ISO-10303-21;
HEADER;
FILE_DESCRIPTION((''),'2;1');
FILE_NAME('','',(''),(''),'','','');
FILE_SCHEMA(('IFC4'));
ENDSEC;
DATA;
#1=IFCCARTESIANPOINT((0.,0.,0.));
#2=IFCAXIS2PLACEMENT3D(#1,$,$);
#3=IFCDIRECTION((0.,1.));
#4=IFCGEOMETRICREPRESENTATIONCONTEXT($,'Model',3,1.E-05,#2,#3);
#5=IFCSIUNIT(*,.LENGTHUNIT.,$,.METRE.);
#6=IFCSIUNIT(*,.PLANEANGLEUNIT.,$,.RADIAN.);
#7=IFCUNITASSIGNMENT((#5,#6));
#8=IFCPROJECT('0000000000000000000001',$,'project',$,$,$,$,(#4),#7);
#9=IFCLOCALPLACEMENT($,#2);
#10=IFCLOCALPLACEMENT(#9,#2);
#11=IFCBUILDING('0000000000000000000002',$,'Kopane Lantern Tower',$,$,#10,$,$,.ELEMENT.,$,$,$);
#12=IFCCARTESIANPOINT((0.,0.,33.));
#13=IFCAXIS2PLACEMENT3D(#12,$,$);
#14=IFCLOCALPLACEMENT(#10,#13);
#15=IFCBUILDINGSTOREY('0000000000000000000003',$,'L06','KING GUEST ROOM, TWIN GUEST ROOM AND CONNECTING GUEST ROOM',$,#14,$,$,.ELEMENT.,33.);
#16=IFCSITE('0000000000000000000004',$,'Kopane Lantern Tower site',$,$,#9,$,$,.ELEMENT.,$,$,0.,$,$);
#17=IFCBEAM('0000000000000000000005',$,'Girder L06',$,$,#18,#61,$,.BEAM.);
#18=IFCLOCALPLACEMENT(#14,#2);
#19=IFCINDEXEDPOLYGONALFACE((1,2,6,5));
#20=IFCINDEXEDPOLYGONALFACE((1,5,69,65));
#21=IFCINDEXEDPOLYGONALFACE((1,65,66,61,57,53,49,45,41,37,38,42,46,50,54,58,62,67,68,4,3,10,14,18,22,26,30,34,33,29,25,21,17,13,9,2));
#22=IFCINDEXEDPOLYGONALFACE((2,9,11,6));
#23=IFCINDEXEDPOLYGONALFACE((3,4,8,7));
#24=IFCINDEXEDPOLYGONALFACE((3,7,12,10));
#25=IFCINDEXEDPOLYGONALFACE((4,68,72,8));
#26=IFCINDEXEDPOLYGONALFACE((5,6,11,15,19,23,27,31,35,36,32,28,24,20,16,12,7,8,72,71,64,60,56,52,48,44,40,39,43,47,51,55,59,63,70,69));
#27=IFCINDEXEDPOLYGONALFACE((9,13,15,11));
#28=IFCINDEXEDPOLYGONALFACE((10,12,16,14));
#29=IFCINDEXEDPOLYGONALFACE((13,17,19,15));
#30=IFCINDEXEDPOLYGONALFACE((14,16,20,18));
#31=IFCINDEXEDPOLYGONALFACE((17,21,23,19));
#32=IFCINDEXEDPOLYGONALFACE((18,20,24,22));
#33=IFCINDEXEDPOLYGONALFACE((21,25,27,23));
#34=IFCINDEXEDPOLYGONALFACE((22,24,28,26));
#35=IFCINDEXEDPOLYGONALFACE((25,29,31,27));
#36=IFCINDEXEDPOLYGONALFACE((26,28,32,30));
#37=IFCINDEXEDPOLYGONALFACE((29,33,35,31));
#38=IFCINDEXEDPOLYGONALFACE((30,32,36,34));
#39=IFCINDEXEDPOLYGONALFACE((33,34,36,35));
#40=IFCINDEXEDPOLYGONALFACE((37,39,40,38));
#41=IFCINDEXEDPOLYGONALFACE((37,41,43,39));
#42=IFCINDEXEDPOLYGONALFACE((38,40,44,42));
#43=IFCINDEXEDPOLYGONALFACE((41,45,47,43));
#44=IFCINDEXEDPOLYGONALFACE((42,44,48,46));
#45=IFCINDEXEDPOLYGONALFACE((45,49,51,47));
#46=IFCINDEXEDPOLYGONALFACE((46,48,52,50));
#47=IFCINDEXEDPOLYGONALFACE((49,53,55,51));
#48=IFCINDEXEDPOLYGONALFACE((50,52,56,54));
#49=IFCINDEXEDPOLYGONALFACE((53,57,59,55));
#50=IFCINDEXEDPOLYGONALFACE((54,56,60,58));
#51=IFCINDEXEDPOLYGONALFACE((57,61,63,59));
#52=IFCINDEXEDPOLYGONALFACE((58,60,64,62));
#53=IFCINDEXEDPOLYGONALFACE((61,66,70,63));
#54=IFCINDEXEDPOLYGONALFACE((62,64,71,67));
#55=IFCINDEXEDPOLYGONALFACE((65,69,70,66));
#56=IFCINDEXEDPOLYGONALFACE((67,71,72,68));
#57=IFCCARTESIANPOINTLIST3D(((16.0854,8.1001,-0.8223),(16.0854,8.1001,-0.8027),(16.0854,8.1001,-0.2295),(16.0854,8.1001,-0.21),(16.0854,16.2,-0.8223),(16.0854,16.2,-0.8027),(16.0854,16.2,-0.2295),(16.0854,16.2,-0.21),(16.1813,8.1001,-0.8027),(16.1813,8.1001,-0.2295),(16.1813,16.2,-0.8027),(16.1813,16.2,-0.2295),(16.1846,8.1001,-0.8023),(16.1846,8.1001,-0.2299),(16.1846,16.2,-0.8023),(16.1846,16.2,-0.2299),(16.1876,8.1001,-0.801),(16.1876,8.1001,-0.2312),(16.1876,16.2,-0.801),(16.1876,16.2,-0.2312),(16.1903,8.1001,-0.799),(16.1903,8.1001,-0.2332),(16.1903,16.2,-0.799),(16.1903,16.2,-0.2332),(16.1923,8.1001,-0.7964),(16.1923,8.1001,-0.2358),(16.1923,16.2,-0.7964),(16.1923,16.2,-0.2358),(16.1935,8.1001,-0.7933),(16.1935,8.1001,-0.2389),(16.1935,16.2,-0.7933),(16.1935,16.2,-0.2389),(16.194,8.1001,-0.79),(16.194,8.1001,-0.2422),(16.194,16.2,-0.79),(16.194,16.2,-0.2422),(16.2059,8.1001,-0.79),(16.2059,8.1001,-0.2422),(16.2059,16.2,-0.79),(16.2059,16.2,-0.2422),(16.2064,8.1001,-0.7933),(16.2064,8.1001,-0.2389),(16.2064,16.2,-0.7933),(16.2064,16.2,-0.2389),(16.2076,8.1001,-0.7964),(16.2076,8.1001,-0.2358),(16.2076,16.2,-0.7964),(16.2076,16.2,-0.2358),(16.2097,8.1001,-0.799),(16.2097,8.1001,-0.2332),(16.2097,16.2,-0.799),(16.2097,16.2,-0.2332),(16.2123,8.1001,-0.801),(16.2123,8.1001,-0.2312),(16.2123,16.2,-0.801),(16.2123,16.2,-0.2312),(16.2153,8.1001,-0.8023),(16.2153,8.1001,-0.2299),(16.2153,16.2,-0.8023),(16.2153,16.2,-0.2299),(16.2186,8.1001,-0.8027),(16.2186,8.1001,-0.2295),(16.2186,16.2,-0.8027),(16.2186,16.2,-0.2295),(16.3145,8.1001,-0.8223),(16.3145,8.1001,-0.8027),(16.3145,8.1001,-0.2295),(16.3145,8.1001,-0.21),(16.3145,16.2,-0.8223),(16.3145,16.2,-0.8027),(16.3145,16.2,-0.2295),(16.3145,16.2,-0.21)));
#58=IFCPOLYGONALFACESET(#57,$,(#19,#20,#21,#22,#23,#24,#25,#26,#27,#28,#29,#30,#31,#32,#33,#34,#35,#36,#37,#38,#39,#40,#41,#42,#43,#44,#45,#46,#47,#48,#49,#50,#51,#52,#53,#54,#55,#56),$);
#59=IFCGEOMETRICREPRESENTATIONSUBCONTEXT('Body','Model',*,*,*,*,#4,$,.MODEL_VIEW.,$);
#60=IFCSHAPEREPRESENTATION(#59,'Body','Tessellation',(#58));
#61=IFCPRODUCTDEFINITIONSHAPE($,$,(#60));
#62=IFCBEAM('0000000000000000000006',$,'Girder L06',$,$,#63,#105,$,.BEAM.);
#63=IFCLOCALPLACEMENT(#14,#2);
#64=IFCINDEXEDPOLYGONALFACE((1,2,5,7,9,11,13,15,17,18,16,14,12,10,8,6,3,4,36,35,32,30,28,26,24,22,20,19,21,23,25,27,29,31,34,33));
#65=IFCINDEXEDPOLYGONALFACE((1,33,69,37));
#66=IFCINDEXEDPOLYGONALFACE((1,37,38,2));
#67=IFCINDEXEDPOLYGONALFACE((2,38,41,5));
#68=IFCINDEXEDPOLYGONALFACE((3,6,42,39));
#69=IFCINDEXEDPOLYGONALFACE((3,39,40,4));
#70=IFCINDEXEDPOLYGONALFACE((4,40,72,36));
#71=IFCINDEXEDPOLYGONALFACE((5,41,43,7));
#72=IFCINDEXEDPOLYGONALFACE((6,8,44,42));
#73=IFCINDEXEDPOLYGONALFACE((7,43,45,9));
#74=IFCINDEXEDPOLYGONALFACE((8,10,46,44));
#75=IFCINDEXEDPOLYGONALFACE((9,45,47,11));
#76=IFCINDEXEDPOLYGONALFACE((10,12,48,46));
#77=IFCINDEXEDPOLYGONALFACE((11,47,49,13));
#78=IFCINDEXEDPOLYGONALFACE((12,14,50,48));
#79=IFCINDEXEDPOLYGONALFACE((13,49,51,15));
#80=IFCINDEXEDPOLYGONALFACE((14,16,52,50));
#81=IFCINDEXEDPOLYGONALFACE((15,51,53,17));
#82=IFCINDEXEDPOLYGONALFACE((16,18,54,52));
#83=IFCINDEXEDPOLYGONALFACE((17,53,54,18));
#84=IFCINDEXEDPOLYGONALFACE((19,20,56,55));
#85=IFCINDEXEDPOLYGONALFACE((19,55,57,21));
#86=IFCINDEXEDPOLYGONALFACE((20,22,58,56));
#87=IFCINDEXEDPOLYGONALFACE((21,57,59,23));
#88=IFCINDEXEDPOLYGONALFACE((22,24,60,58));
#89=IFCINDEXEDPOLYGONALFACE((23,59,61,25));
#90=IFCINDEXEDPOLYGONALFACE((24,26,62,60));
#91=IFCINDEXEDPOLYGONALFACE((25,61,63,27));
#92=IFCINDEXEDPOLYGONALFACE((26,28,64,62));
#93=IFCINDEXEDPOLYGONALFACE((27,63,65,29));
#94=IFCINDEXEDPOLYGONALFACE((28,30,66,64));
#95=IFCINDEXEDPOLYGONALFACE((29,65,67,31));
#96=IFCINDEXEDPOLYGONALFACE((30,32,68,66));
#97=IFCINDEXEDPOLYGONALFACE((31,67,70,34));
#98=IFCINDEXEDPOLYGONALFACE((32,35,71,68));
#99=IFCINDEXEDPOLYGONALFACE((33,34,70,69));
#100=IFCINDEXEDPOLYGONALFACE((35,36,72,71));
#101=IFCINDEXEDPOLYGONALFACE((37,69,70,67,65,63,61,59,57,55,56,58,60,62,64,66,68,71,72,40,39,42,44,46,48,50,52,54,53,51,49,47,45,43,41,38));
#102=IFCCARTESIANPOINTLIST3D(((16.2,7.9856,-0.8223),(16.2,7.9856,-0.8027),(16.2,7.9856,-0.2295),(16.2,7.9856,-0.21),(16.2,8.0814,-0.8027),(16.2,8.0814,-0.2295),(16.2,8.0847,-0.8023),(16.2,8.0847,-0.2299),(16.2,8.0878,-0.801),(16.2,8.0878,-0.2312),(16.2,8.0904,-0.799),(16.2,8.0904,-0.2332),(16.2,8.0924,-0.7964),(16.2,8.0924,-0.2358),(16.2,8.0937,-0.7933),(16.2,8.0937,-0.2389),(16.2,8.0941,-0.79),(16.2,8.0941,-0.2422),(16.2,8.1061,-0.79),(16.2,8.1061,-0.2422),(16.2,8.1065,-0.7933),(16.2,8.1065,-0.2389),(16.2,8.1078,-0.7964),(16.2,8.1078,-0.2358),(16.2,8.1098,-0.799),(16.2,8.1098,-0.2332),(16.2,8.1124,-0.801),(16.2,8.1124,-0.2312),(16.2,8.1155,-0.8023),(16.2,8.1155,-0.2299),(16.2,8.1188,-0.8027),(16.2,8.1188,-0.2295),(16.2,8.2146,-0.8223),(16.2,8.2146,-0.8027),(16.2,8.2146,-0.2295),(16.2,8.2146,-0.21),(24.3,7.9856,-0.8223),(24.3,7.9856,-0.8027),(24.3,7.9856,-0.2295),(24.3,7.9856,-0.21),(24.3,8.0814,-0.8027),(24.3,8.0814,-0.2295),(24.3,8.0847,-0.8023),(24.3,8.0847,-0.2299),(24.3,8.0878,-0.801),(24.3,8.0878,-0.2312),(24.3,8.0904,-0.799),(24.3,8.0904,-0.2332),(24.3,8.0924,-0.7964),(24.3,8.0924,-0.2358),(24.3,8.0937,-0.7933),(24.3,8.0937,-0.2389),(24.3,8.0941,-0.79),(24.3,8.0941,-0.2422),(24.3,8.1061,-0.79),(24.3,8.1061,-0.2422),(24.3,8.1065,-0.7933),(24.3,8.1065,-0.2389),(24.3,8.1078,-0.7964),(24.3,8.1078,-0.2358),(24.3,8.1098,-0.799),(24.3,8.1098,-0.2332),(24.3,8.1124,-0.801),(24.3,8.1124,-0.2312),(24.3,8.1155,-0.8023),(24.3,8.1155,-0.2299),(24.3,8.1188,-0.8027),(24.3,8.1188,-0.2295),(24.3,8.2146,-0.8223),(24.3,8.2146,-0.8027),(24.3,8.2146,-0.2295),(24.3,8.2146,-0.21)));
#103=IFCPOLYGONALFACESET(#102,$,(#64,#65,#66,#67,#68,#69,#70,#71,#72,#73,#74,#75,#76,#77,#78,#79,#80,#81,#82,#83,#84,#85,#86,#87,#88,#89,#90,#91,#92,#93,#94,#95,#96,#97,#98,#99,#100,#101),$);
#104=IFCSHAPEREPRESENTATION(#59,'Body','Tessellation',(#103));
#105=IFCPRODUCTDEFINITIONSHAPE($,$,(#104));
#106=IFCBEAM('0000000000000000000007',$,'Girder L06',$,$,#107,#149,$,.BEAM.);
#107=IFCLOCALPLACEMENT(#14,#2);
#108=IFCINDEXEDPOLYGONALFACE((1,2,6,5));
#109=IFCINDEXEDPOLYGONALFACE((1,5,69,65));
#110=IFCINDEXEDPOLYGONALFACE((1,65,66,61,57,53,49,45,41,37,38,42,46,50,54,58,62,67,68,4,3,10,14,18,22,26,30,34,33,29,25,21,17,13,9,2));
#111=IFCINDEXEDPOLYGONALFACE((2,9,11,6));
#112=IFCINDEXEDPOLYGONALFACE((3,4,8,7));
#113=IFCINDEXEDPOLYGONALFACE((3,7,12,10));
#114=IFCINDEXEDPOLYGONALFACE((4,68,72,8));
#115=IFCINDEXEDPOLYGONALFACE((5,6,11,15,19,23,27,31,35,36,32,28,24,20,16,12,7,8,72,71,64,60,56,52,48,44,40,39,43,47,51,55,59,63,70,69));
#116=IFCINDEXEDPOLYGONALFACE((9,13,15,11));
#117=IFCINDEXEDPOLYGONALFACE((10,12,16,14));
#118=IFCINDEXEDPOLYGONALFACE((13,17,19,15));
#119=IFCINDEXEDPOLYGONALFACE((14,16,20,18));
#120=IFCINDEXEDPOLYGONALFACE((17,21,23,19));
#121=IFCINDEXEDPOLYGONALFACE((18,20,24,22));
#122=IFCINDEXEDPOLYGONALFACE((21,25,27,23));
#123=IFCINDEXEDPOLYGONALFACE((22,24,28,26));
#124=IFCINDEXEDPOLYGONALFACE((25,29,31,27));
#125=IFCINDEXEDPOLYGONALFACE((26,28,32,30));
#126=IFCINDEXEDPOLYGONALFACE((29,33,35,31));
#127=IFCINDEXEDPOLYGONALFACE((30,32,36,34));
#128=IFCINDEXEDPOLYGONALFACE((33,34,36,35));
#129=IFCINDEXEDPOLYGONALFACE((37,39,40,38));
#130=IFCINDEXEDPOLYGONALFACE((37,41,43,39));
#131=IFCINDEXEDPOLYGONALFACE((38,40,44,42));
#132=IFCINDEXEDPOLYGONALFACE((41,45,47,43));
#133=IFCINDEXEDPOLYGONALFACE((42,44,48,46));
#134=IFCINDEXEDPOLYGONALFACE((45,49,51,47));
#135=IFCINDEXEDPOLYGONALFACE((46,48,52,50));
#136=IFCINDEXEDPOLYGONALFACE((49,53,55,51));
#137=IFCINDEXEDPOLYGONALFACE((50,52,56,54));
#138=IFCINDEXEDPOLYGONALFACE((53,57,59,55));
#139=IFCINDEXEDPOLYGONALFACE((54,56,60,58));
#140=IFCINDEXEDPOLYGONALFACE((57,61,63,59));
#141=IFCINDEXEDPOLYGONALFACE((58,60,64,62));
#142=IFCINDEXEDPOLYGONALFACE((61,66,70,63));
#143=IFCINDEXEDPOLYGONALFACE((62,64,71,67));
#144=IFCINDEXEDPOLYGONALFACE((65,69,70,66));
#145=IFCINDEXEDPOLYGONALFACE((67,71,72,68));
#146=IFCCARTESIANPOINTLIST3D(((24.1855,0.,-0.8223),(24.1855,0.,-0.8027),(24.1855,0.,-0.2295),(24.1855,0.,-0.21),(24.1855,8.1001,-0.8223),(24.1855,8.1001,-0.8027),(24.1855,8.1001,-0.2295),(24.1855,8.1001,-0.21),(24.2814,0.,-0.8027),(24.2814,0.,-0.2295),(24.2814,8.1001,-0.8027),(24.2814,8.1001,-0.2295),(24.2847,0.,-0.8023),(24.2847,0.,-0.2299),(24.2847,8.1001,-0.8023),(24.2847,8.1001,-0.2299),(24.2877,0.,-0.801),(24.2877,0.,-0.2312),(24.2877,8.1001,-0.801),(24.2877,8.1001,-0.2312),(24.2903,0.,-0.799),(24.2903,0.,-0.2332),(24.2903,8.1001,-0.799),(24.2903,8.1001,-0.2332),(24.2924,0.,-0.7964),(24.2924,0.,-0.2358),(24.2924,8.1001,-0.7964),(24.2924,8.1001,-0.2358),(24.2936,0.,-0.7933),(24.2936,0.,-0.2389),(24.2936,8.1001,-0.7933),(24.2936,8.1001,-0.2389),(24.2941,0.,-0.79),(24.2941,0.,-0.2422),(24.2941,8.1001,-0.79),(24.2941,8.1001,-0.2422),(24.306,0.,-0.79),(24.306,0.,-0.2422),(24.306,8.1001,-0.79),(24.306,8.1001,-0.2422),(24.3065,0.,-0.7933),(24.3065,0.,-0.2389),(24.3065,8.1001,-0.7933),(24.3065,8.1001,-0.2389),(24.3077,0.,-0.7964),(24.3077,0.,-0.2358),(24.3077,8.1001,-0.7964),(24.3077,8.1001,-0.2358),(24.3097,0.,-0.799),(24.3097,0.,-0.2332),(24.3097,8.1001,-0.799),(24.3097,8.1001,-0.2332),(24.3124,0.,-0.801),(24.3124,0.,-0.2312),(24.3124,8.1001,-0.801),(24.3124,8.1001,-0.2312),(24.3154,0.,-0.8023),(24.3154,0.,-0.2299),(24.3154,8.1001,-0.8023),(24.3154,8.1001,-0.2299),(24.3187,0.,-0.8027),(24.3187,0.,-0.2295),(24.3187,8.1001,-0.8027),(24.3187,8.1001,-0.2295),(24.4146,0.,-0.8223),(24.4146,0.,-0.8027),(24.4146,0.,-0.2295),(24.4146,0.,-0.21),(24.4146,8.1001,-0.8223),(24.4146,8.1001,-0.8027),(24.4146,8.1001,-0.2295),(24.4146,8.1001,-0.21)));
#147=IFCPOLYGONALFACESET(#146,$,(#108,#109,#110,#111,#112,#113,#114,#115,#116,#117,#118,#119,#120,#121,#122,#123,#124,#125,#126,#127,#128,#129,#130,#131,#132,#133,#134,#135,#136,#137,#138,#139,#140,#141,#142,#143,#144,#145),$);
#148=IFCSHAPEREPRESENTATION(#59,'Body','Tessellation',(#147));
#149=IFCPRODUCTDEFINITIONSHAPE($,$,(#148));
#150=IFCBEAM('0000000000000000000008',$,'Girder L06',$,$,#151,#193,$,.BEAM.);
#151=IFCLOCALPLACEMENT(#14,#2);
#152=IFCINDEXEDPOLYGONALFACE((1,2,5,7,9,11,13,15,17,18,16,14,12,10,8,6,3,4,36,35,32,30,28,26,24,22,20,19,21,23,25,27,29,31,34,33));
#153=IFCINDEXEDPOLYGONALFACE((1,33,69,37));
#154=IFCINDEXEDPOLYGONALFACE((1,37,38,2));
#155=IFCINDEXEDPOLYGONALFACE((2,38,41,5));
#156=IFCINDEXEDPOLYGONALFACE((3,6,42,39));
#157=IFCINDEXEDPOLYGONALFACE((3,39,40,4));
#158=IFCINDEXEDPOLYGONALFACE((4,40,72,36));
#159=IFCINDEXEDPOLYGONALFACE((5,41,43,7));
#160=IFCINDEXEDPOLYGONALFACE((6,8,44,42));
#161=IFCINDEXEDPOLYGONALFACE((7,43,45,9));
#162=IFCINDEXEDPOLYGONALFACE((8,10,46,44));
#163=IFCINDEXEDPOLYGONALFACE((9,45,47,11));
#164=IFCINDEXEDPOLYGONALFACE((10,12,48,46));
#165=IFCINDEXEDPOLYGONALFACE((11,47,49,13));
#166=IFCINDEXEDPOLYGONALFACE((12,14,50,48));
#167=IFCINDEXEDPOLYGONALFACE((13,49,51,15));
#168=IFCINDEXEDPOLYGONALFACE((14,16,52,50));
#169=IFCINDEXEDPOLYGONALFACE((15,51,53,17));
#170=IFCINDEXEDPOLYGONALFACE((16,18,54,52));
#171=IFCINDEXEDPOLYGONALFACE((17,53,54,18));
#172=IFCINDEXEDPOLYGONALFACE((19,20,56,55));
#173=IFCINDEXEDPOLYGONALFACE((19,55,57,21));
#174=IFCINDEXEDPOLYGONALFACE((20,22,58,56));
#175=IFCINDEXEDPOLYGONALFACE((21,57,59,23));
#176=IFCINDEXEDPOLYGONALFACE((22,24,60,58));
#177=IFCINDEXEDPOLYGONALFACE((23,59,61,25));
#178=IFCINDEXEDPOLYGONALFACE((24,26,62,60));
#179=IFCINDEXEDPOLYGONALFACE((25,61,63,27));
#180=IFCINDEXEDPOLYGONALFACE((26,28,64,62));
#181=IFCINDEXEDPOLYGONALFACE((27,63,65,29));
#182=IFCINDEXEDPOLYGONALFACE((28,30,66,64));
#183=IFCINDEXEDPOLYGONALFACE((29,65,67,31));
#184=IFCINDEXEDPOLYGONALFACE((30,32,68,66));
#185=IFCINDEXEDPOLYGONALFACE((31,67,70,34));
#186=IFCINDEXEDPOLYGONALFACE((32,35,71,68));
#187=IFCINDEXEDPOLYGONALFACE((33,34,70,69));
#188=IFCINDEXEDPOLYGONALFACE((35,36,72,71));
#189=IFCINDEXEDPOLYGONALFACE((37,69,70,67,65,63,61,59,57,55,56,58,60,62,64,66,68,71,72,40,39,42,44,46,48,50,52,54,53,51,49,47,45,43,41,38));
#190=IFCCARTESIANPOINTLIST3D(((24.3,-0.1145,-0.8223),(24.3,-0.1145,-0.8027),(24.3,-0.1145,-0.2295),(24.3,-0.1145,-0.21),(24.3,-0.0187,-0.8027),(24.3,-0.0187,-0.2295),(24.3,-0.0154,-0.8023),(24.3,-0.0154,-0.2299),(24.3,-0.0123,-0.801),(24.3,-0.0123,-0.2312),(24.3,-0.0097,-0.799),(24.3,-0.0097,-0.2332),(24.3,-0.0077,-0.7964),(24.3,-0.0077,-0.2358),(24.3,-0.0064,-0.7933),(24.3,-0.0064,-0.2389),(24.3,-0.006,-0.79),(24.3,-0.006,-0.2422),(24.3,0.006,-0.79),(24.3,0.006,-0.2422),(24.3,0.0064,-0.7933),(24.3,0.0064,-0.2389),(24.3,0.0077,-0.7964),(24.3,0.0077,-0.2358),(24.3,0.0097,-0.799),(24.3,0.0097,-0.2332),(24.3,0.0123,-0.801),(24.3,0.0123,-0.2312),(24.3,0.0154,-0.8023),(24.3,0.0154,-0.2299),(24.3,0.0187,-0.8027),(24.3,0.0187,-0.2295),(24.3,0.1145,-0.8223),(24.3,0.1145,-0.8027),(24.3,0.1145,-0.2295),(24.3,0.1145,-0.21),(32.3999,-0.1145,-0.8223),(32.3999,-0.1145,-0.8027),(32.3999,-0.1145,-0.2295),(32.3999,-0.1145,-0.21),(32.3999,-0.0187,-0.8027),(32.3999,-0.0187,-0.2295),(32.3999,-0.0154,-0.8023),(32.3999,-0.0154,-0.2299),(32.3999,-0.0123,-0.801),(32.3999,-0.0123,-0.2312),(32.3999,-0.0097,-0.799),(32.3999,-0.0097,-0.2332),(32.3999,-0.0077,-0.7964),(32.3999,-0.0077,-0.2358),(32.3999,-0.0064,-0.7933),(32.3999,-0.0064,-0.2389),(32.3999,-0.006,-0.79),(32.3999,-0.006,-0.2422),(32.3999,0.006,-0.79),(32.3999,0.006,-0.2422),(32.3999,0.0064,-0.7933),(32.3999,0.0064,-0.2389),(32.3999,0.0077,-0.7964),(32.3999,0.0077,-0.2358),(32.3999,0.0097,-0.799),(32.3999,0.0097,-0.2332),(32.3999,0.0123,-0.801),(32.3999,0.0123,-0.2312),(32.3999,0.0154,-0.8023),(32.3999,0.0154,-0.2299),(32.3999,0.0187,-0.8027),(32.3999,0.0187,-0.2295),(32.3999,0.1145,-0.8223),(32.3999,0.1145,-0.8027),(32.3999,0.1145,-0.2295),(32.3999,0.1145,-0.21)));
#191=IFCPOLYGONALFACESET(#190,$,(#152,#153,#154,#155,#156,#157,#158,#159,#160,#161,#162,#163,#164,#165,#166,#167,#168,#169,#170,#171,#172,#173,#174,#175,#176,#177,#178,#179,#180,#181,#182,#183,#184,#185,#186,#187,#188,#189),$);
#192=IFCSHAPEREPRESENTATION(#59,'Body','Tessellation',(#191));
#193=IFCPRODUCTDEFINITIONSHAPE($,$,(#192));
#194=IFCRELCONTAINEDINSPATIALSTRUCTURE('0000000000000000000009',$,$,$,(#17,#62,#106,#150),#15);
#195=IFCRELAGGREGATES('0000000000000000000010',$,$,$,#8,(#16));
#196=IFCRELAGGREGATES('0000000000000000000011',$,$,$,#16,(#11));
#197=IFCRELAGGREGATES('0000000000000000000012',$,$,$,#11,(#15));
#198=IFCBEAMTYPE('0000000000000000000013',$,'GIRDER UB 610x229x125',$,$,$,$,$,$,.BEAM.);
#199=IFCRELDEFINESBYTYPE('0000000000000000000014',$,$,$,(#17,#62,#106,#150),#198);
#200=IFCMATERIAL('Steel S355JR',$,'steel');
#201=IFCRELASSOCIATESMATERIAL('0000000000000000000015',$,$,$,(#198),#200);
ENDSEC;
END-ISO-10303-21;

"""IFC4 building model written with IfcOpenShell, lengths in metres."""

from ifc_helpers import new_model, si_unit, direction, frame, origin, origin_2d, place, context, subcontext, project, spatial, i_section, extrude, material, material_profile, profile_set, type_object, element, save


model = new_model("IFC4")

# Units and contexts
model_context = context("Model", 3, precision=1e-05, world=origin(), true_north=direction((0.0, 1.0)))
body_context = subcontext(model_context, "Body", "Model", "MODEL_VIEW")
ifc_project = project(units=[si_unit("LENGTHUNIT", "METRE"), si_unit("PLANEANGLEUNIT", "RADIAN")], contexts=[model_context])

# Site, building, storey
site_placement = place(None, origin())
site = spatial("IfcSite", under=ifc_project, at=site_placement, Name="Kopane Lantern Tower site", CompositionType="ELEMENT", RefElevation=0.0)
building_placement = place(site_placement, origin())
building = spatial("IfcBuilding", under=site, at=building_placement, Name="Kopane Lantern Tower", CompositionType="ELEMENT")
storey_placement = place(building_placement, frame((0.0, 0.0, 33.0)))
storey = spatial("IfcBuildingStorey", under=building, at=storey_placement, Name="L06", Description="KING GUEST ROOM, TWIN GUEST ROOM AND CONNECTING GUEST ROOM", CompositionType="ELEMENT", Elevation=33.0)

# Beams
ifc_material_1 = material(Name="Steel S355JR", Category="steel")
ifc_material_profile_1 = material_profile(ifc_material_1, i_section(OverallWidth=0.229, OverallDepth=0.6123, WebThickness=0.012, FlangeThickness=0.0195, FilletRadius=0.0127, at=origin_2d()), Name="UB 610x229x125")
ifc_profile_set_1 = profile_set([ifc_material_profile_1], Name="Steel S355JR")
beam_type = type_object("IfcBeamType", Name="GIRDER UB 610x229x125", PredefinedType="BEAM", material=ifc_profile_set_1)
beam_1_placement = place(storey_placement, frame((16.2, 8.1001, -0.5161), z_axis=(0.0, 1.0, 0.0), x_axis=(-1.0, 0.0, 0.0)))
element("IfcBeam", 1, at=beam_1_placement, inside=storey, type_object=beam_type, Name="Girder L06", PredefinedType="BEAM", context=body_context, shape_type="SweptSolid", body=[
    extrude(i_section(OverallWidth=0.229, OverallDepth=0.6123, WebThickness=0.012, FlangeThickness=0.0195, FilletRadius=0.0127, at=origin_2d()), origin(), (0.0, 0.0, 1.0), 8.0999),
])
for number, where, z_axis, x_axis, name in (
    (2, (16.2, 8.1001, -0.5161), (1.0, 0.0, 0.0), (0.0, 1.0, 0.0), "Girder L06"),
    (3, (24.3, 0.0, -0.5161), (0.0, 1.0, 0.0), (-1.0, 0.0, 0.0), "Girder L06"),
):
    element("IfcBeam", number, at=place(storey_placement, frame(where, z_axis=z_axis, x_axis=x_axis)), inside=storey, type_object=beam_type, Name=name, PredefinedType="BEAM", context=body_context, shape_type="SweptSolid", body=[
        extrude(i_section(OverallWidth=0.229, OverallDepth=0.6123, WebThickness=0.012, FlangeThickness=0.0195, FilletRadius=0.0127, at=origin_2d()), origin(), (0.0, 0.0, 1.0), 8.1001),
    ])
beam_2_placement = place(storey_placement, frame((24.3, 0.0, -0.5161), z_axis=(1.0, 0.0, 0.0), x_axis=(0.0, 1.0, 0.0)))
element("IfcBeam", 4, at=beam_2_placement, inside=storey, type_object=beam_type, Name="Girder L06", PredefinedType="BEAM", context=body_context, shape_type="SweptSolid", body=[
    extrude(i_section(OverallWidth=0.229, OverallDepth=0.6123, WebThickness=0.012, FlangeThickness=0.0195, FilletRadius=0.0127, at=origin_2d()), origin(), (0.0, 0.0, 1.0), 8.0999),
])

save(model, "model.ifc")
